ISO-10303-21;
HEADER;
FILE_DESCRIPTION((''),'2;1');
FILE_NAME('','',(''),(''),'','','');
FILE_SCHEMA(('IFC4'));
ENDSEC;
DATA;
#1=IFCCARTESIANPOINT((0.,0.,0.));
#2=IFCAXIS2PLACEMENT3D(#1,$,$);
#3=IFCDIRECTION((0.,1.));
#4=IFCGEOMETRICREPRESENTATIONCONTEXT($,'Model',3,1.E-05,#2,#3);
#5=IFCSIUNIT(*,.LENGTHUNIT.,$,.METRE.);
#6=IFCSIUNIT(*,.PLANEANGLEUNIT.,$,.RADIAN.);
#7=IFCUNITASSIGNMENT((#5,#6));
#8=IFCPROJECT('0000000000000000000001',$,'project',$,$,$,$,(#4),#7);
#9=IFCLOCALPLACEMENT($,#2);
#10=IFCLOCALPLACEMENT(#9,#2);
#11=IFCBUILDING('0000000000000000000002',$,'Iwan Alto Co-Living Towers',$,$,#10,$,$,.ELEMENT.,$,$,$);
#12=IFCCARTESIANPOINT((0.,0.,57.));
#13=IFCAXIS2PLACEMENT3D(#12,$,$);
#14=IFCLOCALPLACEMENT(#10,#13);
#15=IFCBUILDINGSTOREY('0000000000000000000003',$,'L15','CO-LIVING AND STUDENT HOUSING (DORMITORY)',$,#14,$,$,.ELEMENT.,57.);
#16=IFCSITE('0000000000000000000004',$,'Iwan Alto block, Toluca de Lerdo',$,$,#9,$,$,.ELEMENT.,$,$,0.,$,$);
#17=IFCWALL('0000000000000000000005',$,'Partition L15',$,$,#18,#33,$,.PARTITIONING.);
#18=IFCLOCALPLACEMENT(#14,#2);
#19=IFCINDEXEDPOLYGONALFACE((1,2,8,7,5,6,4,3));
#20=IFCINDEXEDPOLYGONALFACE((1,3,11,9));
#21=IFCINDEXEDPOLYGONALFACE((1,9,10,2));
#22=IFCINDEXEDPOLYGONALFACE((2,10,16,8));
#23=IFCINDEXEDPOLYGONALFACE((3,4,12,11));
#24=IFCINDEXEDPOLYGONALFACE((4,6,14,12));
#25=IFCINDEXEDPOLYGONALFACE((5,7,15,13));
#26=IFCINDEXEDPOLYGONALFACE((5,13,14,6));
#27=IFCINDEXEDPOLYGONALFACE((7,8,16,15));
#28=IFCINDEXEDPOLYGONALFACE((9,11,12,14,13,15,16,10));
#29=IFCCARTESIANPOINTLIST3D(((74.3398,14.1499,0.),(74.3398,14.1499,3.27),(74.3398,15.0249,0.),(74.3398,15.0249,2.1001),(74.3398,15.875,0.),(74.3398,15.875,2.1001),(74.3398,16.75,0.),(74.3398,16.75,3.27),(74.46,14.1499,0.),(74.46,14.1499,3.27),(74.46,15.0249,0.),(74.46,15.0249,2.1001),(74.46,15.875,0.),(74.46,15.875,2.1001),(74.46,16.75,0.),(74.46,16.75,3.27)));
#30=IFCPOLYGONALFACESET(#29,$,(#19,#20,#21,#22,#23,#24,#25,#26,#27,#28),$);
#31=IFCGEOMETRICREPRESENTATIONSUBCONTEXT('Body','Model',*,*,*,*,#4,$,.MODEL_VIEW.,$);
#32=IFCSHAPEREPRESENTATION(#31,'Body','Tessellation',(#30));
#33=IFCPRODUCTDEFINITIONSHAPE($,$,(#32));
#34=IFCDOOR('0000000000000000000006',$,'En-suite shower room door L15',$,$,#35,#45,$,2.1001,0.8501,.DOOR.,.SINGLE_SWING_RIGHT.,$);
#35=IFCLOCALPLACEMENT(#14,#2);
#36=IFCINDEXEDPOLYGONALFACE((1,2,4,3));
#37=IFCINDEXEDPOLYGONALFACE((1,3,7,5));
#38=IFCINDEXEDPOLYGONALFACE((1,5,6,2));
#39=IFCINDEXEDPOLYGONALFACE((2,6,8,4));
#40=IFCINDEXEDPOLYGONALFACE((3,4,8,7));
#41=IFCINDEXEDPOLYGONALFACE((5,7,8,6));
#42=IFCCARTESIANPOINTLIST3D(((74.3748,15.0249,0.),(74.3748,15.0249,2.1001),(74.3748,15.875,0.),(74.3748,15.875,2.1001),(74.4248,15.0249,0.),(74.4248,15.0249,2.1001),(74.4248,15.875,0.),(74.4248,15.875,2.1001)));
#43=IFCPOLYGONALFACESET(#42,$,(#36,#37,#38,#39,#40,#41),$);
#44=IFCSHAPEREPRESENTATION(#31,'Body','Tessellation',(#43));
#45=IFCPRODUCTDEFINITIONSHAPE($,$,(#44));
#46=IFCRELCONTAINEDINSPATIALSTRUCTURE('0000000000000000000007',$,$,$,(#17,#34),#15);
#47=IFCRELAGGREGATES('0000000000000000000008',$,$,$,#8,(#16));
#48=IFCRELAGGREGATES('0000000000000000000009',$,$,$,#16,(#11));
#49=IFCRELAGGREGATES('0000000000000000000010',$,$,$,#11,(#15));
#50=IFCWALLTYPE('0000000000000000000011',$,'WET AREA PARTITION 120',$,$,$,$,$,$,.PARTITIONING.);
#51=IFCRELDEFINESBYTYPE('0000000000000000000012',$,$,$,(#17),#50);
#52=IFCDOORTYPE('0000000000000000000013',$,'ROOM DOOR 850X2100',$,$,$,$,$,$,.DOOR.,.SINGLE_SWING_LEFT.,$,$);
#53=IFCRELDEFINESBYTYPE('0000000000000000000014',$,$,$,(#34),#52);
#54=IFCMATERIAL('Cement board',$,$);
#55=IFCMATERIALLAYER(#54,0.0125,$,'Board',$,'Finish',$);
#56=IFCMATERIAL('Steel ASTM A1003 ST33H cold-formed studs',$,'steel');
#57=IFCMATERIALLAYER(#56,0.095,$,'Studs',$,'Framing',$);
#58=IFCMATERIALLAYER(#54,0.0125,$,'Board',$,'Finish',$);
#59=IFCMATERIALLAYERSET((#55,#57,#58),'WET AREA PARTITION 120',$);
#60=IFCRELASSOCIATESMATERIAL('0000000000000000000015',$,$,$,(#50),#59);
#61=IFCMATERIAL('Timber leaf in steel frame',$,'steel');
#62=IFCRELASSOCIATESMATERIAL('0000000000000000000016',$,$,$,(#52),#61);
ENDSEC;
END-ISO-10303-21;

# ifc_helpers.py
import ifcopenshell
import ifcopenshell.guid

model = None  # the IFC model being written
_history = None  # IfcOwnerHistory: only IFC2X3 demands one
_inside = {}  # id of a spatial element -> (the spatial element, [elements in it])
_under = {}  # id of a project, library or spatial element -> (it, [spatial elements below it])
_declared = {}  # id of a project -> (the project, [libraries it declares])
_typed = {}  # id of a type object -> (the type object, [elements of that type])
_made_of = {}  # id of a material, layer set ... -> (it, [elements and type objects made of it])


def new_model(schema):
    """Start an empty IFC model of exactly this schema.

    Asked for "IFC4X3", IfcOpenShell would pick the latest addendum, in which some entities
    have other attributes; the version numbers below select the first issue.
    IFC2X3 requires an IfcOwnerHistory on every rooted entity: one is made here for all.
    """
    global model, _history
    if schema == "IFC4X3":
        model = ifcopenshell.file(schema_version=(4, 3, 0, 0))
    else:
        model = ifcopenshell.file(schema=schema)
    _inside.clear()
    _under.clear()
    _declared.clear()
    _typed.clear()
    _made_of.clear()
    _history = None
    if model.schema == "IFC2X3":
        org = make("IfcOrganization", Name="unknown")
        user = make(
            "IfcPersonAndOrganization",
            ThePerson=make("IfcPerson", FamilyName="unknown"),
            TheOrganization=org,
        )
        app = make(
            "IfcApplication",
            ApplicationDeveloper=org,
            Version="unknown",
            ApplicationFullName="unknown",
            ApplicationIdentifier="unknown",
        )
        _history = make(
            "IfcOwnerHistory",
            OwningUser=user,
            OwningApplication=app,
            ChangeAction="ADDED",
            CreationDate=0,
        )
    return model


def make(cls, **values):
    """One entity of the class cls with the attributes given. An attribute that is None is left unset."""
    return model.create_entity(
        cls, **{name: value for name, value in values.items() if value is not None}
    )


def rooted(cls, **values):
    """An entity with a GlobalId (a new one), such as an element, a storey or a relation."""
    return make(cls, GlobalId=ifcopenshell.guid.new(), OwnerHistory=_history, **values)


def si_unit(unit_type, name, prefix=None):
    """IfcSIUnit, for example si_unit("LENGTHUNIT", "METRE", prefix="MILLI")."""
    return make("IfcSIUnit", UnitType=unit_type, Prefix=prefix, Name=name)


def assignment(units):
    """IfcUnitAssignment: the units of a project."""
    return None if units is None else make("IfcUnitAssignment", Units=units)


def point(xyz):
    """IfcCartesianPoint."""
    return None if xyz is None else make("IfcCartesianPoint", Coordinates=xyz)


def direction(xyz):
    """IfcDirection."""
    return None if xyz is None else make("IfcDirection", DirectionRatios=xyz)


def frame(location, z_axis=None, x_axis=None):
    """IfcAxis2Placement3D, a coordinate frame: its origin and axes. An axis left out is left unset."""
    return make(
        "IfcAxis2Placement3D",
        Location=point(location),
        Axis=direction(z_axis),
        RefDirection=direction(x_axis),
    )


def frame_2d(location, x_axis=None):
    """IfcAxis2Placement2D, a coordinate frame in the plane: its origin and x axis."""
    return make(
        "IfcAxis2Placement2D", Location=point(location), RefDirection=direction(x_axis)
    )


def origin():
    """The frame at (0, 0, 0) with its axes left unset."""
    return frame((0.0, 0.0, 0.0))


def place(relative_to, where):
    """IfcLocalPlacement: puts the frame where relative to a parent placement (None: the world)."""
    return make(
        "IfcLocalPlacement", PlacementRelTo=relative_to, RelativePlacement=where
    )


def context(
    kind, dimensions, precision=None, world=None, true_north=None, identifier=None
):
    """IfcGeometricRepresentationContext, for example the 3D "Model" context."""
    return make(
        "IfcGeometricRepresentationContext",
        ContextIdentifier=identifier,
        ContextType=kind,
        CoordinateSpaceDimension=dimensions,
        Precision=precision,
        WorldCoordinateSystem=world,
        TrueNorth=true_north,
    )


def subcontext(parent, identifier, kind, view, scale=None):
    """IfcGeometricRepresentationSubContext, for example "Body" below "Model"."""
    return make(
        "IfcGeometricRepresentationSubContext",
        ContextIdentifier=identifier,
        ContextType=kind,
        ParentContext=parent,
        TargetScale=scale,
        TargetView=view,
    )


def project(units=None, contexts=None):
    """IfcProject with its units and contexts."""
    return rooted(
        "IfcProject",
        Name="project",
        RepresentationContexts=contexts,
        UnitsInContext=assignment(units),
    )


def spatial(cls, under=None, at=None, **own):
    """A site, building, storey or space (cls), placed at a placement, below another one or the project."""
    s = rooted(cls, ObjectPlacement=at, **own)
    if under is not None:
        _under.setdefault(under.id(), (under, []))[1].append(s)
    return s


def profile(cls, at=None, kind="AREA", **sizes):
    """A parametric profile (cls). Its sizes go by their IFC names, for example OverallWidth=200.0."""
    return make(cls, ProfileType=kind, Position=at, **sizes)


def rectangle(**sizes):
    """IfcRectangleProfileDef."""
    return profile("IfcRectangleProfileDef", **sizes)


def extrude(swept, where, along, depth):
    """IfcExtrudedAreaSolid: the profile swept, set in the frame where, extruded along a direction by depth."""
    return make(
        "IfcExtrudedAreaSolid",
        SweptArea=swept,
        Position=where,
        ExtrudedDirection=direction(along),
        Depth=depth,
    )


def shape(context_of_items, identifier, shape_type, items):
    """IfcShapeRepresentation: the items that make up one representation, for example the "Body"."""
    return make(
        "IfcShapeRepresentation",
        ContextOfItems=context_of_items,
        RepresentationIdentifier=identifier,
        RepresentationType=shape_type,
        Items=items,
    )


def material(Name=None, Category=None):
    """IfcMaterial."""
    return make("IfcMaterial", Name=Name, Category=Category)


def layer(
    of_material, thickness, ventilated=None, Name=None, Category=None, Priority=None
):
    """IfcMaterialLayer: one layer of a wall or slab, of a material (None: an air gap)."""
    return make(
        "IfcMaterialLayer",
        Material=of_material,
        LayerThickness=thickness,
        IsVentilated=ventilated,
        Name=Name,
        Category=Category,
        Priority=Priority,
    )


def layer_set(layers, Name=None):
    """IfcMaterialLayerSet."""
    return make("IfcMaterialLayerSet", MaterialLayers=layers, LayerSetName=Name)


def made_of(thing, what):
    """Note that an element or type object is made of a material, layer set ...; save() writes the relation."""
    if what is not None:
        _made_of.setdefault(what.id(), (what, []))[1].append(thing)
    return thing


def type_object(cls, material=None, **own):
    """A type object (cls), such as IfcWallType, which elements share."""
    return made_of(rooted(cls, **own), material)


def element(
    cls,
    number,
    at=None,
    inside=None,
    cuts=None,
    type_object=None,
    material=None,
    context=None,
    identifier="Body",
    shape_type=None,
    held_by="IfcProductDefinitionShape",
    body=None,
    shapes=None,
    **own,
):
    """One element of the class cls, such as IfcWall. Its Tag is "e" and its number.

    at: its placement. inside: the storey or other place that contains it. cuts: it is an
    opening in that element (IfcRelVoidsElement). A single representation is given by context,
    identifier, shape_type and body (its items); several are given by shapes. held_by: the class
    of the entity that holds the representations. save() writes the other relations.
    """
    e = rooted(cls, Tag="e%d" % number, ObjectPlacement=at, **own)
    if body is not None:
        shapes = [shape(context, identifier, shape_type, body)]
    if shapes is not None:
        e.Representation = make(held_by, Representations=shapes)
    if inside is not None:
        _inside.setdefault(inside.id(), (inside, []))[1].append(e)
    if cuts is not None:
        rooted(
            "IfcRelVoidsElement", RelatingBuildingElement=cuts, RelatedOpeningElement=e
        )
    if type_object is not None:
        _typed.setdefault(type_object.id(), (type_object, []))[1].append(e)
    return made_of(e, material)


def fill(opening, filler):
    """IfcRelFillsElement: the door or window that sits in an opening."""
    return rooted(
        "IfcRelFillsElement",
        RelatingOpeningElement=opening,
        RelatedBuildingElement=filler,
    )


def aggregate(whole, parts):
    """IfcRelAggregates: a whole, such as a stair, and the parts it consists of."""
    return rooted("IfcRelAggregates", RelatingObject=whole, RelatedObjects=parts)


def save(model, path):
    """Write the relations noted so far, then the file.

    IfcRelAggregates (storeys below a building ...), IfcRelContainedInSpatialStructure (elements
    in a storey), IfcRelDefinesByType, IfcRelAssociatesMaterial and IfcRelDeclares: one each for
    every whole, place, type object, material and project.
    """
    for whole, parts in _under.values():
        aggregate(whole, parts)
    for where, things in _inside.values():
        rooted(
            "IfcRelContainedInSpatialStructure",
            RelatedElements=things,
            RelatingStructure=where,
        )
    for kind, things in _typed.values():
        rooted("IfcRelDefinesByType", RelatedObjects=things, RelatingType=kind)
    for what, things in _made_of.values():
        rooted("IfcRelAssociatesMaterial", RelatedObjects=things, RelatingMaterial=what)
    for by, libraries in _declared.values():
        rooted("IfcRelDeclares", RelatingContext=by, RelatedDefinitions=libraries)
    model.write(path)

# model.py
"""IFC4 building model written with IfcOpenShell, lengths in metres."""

from ifc_helpers import new_model, si_unit, direction, frame, frame_2d, origin, place, context, subcontext, project, spatial, rectangle, extrude, material, layer, layer_set, type_object, element, fill, save


model = new_model("IFC4")

# Units and contexts
model_context = context("Model", 3, precision=1e-05, world=origin(), true_north=direction((0.0, 1.0)))
body_context = subcontext(model_context, "Body", "Model", "MODEL_VIEW")
ifc_project = project(units=[si_unit("LENGTHUNIT", "METRE"), si_unit("PLANEANGLEUNIT", "RADIAN")], contexts=[model_context])

# Site, building, storey
site_placement = place(None, origin())
site = spatial("IfcSite", under=ifc_project, at=site_placement, Name="Iwan Alto block, Toluca de Lerdo", CompositionType="ELEMENT", RefElevation=0.0)
building_placement = place(site_placement, origin())
building = spatial("IfcBuilding", under=site, at=building_placement, Name="Iwan Alto Co-Living Towers", CompositionType="ELEMENT")
storey_placement = place(building_placement, frame((0.0, 0.0, 57.0)))
storey = spatial("IfcBuildingStorey", under=building, at=storey_placement, Name="L15", Description="CO-LIVING AND STUDENT HOUSING (DORMITORY)", CompositionType="ELEMENT", Elevation=57.0)

# Wall, opening, door
ifc_material_1 = material(Name="Cement board")
ifc_layer_1 = layer(ifc_material_1, 0.0125, Name="Board", Category="Finish")
ifc_material_2 = material(Name="Steel ASTM A1003 ST33H cold-formed studs", Category="steel")
ifc_layer_2 = layer(ifc_material_2, 0.095, Name="Studs", Category="Framing")
ifc_layer_3 = layer(ifc_material_1, 0.0125, Name="Board", Category="Finish")
ifc_layer_set_1 = layer_set([ifc_layer_1, ifc_layer_2, ifc_layer_3], Name="WET AREA PARTITION 120")
wall_type = type_object("IfcWallType", Name="WET AREA PARTITION 120", PredefinedType="PARTITIONING", material=ifc_layer_set_1)
wall_placement = place(storey_placement, frame((74.3999, 14.1499, 0.0), z_axis=(0.0, 0.0, 1.0), x_axis=(0.0, 1.0, 0.0)))
wall = element("IfcWall", 1, at=wall_placement, inside=storey, type_object=wall_type, Name="Partition L15", PredefinedType="PARTITIONING", context=body_context, shape_type="SweptSolid", body=[
    extrude(rectangle(XDim=2.6001, YDim=0.1201, at=frame_2d((1.3, 0.0))), origin(), (0.0, 0.0, 1.0), 3.27),
])
opening_placement = place(wall_placement, frame((0.875, 0.0, 0.0)))
opening = element("IfcOpeningElement", 2, at=opening_placement, cuts=wall, PredefinedType="OPENING", context=body_context, shape_type="SweptSolid", body=[
    extrude(rectangle(XDim=0.8501, YDim=2.1001, at=frame_2d((0.425, 1.05))), frame((0.0, 0.0701, 0.0), z_axis=(0.0, -1.0, 0.0), x_axis=(1.0, 0.0, 0.0)), (0.0, 0.0, 1.0), 0.1401),
])
ifc_material_3 = material(Name="Timber leaf in steel frame", Category="steel")
door_type = type_object("IfcDoorType", Name="ROOM DOOR 850X2100", OperationType="SINGLE_SWING_LEFT", PredefinedType="DOOR", material=ifc_material_3)
door_placement = place(opening_placement, frame((0.8501, 0.0, 0.0), z_axis=(0.0, 0.0, 1.0), x_axis=(-1.0, 0.0, 0.0)))
door = element("IfcDoor", 3, at=door_placement, inside=storey, type_object=door_type, Name="En-suite shower room door L15", OperationType="SINGLE_SWING_RIGHT", OverallHeight=2.1001, OverallWidth=0.8501, PredefinedType="DOOR", context=body_context, shape_type="SweptSolid", body=[
    extrude(rectangle(XDim=0.8501, YDim=2.1001, at=frame_2d((0.425, 1.05))), frame((0.0, 0.0249, 0.0), z_axis=(0.0, -1.0, 0.0), x_axis=(1.0, 0.0, 0.0)), (0.0, 0.0, 1.0), 0.05),
])
fill(opening, door)

save(model, "model.ifc")
